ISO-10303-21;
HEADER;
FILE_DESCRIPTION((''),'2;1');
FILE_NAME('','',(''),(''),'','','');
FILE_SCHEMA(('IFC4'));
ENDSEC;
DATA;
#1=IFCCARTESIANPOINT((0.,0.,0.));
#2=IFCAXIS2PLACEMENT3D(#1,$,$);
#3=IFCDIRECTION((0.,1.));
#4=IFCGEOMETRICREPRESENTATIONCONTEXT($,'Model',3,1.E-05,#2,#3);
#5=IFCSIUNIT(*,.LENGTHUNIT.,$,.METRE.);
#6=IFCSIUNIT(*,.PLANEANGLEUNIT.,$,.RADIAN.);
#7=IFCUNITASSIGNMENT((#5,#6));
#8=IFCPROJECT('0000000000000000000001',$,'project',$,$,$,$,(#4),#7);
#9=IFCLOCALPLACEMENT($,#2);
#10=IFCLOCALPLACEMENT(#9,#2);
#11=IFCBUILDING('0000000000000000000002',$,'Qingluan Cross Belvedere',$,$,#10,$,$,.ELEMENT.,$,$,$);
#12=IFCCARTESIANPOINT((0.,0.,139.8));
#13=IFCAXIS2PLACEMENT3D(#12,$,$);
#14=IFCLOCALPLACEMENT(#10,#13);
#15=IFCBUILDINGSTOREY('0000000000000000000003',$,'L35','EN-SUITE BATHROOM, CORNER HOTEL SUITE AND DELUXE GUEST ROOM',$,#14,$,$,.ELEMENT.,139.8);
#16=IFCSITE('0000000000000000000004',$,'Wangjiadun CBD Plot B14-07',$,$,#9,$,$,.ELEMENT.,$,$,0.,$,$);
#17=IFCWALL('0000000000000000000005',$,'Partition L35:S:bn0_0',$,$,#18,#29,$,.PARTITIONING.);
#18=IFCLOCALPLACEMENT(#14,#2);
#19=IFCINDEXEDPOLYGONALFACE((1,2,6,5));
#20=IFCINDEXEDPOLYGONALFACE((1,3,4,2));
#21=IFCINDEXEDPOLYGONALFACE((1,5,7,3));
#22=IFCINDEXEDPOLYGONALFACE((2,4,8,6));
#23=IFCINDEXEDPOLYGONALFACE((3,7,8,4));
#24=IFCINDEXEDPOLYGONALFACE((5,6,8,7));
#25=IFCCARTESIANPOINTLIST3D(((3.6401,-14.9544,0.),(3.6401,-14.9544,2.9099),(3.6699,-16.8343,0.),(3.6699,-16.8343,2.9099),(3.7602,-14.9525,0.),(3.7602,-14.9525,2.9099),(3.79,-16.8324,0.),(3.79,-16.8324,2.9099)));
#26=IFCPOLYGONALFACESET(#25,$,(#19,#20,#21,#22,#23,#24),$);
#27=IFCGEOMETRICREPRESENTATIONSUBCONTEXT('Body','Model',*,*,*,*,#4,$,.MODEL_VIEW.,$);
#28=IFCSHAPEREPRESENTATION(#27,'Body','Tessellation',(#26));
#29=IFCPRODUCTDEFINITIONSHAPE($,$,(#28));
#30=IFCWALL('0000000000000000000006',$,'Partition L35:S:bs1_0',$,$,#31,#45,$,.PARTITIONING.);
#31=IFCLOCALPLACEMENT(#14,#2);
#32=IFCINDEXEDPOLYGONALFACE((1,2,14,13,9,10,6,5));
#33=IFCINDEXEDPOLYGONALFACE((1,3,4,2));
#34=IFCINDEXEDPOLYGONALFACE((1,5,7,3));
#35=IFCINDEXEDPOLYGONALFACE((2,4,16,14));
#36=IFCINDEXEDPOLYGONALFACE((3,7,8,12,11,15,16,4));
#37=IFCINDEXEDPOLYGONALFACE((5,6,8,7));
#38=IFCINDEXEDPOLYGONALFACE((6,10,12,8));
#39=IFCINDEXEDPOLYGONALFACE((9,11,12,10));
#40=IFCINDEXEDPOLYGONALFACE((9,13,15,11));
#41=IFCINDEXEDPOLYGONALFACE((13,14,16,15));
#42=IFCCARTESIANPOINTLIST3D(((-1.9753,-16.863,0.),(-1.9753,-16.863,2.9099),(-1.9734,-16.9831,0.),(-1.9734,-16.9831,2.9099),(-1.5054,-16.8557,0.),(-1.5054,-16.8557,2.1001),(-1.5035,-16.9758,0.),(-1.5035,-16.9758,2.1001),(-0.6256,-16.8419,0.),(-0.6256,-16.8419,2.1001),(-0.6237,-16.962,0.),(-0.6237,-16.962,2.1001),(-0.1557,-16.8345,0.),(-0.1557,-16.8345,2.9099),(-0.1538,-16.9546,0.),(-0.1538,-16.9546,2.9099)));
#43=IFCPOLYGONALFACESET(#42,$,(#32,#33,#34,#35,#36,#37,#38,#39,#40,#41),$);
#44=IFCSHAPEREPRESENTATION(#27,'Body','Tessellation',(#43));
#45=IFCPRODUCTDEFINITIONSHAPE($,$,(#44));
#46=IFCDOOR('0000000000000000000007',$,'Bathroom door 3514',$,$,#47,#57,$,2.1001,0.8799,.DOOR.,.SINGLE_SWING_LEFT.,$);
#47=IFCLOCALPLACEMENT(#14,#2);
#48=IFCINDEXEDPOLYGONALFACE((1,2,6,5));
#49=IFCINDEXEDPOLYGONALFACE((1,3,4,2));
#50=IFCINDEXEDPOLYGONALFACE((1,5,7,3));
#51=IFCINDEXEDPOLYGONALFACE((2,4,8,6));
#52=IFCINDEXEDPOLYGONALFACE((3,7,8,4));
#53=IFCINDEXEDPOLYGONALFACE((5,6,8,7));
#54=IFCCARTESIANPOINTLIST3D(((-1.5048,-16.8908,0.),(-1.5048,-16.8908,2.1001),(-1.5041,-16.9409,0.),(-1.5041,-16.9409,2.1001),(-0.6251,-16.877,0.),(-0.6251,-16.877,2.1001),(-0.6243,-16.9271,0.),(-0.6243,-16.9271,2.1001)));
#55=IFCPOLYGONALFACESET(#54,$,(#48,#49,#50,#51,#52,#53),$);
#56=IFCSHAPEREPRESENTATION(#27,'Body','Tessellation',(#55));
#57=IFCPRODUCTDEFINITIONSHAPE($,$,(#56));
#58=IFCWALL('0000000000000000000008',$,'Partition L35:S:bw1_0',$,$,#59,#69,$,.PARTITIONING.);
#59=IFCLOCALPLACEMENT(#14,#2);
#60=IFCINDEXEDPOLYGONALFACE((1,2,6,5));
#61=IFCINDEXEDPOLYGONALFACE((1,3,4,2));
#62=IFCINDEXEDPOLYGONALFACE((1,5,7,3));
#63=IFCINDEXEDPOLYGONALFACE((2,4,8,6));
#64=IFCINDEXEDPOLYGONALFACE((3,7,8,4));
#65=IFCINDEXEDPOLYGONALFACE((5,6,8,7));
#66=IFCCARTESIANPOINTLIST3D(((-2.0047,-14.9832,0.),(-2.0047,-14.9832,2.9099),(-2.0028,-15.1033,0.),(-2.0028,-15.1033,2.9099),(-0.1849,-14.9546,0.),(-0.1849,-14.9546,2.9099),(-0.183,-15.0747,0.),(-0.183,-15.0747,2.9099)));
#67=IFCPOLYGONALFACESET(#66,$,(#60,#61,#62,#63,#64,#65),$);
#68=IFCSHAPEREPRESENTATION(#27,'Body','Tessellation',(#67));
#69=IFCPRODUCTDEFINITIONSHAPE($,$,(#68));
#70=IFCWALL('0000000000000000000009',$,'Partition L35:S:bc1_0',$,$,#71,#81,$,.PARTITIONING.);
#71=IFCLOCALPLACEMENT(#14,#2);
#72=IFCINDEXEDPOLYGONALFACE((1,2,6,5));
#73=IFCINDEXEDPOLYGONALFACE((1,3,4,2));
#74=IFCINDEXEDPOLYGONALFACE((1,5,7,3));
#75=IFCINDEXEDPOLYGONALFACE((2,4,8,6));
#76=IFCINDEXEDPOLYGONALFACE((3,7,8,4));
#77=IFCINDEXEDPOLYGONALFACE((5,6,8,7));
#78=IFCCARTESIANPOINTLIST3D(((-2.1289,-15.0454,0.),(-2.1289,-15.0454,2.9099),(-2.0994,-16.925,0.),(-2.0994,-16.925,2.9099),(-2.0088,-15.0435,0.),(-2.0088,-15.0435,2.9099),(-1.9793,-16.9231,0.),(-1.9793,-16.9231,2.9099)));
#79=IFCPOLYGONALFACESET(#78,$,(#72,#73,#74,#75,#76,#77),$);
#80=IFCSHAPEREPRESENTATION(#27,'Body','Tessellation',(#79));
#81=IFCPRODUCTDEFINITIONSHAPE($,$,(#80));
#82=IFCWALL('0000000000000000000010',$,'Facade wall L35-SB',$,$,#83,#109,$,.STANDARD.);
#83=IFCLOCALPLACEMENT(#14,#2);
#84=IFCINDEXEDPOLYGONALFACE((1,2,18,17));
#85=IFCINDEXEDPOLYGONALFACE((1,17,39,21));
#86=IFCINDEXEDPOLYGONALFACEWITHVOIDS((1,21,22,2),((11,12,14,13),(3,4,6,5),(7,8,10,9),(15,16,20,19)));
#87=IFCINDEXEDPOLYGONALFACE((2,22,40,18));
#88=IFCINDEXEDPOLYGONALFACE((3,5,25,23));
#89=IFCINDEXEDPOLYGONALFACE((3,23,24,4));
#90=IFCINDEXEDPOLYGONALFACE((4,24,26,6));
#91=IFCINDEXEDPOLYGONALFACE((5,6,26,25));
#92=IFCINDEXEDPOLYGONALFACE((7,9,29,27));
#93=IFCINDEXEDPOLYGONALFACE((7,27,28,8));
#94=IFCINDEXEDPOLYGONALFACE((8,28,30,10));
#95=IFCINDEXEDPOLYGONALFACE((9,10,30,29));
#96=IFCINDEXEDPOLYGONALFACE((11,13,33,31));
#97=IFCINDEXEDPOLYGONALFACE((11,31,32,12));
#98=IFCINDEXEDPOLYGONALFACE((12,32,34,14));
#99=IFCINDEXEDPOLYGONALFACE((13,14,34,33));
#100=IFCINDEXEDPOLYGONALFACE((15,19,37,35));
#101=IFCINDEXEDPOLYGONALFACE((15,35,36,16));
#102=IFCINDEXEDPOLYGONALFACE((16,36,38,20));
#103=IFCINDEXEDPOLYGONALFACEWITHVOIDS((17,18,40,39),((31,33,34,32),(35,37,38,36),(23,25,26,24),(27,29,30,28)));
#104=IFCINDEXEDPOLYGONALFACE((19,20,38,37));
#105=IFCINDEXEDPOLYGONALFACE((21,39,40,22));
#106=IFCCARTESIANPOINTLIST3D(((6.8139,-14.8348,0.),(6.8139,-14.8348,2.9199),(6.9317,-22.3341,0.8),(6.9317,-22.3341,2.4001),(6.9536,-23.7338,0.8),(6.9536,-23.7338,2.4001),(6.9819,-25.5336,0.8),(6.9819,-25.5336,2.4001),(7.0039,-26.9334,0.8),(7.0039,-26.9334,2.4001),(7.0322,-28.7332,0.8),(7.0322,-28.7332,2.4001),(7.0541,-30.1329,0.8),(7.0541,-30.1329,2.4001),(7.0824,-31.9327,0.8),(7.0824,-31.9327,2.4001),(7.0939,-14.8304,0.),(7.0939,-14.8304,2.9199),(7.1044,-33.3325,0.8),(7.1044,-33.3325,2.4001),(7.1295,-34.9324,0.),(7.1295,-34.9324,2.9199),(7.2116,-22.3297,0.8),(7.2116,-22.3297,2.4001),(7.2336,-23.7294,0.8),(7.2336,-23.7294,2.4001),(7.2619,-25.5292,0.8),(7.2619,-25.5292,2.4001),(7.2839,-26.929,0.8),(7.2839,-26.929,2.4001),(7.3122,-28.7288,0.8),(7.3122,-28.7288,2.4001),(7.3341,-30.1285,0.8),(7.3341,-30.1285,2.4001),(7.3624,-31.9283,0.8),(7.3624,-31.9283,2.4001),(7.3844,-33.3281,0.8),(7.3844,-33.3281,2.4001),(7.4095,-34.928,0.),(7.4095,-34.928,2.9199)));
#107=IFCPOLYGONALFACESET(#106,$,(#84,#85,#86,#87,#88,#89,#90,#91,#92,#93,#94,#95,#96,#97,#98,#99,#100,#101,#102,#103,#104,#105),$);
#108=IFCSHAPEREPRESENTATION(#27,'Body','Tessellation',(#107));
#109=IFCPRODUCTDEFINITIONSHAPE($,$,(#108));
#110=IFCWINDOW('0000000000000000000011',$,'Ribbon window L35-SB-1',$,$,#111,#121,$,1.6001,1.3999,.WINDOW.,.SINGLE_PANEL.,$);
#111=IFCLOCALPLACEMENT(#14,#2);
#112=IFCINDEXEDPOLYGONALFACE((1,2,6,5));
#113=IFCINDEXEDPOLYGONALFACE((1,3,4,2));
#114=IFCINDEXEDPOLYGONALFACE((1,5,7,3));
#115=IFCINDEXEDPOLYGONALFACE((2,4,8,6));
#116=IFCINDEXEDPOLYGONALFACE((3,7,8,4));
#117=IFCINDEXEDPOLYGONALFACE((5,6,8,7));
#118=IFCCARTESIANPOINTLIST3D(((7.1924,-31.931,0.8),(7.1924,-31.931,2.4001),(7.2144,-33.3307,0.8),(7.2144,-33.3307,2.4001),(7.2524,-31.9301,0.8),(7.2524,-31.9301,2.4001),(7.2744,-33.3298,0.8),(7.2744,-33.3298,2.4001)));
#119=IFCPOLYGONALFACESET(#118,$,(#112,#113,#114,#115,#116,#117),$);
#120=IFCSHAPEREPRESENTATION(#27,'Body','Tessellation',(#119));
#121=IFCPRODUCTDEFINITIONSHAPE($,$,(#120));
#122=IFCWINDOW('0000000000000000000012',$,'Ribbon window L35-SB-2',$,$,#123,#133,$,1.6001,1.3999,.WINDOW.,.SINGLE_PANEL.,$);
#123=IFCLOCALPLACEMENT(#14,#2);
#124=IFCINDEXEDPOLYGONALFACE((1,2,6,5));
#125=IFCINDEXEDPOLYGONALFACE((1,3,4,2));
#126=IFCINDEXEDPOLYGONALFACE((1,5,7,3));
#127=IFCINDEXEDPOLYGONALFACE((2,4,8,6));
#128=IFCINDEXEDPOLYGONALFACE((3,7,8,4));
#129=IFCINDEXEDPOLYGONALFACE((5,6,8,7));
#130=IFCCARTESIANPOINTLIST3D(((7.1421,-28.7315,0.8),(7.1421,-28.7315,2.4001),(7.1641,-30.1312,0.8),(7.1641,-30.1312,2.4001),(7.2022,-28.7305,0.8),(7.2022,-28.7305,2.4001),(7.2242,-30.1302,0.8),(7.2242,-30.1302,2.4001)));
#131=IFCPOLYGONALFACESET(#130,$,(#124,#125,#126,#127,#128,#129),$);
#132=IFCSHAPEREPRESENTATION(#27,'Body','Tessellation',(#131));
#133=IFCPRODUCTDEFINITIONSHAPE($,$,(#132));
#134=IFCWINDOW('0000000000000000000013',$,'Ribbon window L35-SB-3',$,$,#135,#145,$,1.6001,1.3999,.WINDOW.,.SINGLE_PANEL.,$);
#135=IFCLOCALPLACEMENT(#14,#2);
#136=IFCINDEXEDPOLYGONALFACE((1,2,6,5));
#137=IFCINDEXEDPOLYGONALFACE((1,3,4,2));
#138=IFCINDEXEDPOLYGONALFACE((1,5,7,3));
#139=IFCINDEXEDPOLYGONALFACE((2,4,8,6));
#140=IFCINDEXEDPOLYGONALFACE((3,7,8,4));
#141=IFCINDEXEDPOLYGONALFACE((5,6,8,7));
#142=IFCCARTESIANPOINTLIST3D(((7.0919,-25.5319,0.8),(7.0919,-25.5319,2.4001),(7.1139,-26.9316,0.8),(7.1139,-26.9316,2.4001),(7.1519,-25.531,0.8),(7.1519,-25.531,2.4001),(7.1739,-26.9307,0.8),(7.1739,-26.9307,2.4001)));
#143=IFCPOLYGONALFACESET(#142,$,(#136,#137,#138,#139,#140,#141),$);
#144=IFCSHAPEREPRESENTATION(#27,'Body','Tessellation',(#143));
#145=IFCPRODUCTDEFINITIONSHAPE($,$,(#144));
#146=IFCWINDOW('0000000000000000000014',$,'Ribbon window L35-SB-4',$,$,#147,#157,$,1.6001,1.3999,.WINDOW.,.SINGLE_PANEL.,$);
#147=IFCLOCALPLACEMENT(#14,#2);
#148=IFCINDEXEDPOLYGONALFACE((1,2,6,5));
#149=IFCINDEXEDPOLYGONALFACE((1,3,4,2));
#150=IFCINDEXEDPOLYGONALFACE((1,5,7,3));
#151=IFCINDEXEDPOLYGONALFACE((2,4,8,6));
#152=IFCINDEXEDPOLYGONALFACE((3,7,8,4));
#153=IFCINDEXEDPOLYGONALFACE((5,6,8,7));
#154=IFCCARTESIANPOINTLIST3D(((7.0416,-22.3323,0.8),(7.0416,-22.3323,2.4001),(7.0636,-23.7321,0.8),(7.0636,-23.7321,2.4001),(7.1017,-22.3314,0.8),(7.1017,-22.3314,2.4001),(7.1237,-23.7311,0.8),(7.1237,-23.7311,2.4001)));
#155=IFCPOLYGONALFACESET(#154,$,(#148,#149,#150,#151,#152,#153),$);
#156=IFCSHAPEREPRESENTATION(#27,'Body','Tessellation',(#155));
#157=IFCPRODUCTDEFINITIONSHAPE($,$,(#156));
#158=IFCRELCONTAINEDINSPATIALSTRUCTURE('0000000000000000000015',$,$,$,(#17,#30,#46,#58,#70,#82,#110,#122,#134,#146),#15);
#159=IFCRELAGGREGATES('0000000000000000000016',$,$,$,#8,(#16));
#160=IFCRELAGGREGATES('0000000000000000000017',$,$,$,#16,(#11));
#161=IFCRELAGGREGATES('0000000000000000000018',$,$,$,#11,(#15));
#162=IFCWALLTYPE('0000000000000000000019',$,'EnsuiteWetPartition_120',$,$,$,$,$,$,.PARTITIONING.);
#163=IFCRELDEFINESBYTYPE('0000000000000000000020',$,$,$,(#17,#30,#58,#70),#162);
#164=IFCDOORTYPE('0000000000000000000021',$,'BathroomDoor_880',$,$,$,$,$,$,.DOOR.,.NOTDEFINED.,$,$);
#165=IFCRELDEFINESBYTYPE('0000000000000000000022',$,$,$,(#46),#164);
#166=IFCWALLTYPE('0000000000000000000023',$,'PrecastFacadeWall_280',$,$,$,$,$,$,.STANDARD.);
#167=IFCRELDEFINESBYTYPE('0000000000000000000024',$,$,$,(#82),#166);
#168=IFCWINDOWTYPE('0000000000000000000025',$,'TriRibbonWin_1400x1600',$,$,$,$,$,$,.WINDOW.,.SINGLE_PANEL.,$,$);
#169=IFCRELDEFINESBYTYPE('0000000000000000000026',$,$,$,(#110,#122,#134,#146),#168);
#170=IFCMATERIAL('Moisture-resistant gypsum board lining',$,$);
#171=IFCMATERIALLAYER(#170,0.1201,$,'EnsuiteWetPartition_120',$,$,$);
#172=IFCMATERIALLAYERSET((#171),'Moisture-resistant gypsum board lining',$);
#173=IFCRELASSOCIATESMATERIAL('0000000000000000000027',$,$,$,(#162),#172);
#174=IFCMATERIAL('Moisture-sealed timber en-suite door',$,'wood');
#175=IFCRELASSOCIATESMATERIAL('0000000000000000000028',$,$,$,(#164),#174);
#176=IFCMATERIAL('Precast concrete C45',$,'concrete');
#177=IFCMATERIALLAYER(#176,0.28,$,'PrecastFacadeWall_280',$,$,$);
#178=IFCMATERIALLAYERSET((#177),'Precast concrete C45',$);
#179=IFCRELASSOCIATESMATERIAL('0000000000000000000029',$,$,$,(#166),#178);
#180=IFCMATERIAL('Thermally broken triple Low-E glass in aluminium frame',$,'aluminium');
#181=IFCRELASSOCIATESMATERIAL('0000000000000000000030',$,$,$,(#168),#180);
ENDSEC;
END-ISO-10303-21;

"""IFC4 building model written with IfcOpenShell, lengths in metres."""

from ifc_helpers import new_model, si_unit, direction, frame, frame_2d, origin, place, context, subcontext, project, spatial, rectangle, extrude, material, layer, layer_set, type_object, element, fill, save


model = new_model("IFC4")

# Units and contexts
model_context = context("Model", 3, precision=1e-05, world=origin(), true_north=direction((0.0, 1.0)))
body_context = subcontext(model_context, "Body", "Model", "MODEL_VIEW")
ifc_project = project(units=[si_unit("LENGTHUNIT", "METRE"), si_unit("PLANEANGLEUNIT", "RADIAN")], contexts=[model_context])

# Site, building, storey
site_placement = place(None, origin())
site = spatial("IfcSite", under=ifc_project, at=site_placement, Name="Wangjiadun CBD Plot B14-07", CompositionType="ELEMENT", RefElevation=0.0)
building_placement = place(site_placement, origin())
building = spatial("IfcBuilding", under=site, at=building_placement, Name="Qingluan Cross Belvedere", CompositionType="ELEMENT")
storey_placement = place(building_placement, frame((0.0, 0.0, 139.8)))
storey = spatial("IfcBuildingStorey", under=building, at=storey_placement, Name="L35", Description="EN-SUITE BATHROOM, CORNER HOTEL SUITE AND DELUXE GUEST ROOM", CompositionType="ELEMENT", Elevation=139.8)

# Shared definitions
ifc_material_1 = material(Name="Moisture-resistant gypsum board lining")
ifc_layer_1 = layer(ifc_material_1, 0.1201, Name="EnsuiteWetPartition_120")
ifc_layer_set_1 = layer_set([ifc_layer_1], Name="Moisture-resistant gypsum board lining")
wall_type_1 = type_object("IfcWallType", Name="EnsuiteWetPartition_120", PredefinedType="PARTITIONING", material=ifc_layer_set_1)
ifc_material_2 = material(Name="Moisture-sealed timber en-suite door", Category="wood")
door_type_1 = type_object("IfcDoorType", Name="BathroomDoor_880", OperationType="NOTDEFINED", PredefinedType="DOOR", material=ifc_material_2)

# Wall
wall_1_placement = place(storey_placement, frame((3.7002, -14.9536, 0.0), z_axis=(0.0, 0.0, 1.0), x_axis=(0.015842, -0.999875, 0.0)))
element("IfcWall", 1, at=wall_1_placement, inside=storey, type_object=wall_type_1, Name="Partition L35:S:bn0_0", PredefinedType="PARTITIONING", context=body_context, shape_type="SweptSolid", body=[
    extrude(rectangle(XDim=1.8801, YDim=0.1201, at=frame_2d((0.9399, 0.0))), origin(), (0.0, 0.0, 1.0), 2.9099),
])

# Wall, opening, door
wall_2_placement = place(storey_placement, frame((-1.9744, -16.9231, 0.0), z_axis=(0.0, 0.0, 1.0), x_axis=(0.999877, 0.015696, 0.0)))
wall_2 = element("IfcWall", 2, at=wall_2_placement, inside=storey, type_object=wall_type_1, Name="Partition L35:S:bs1_0", PredefinedType="PARTITIONING", context=body_context, shape_type="SweptSolid", body=[
    extrude(rectangle(XDim=1.8198, YDim=0.1201, at=frame_2d((0.9099, 0.0))), origin(), (0.0, 0.0, 1.0), 2.9099),
])
opening_1_placement = place(wall_2_placement, frame((0.47, 0.0, 0.0)))
opening_1 = element("IfcOpeningElement", 3, at=opening_1_placement, cuts=wall_2, PredefinedType="OPENING", context=body_context, shape_type="SweptSolid", body=[
    extrude(rectangle(XDim=0.8799, YDim=2.1001, at=frame_2d((0.4399, 1.05))), frame((0.0, 0.0701, 0.0), z_axis=(0.0, -1.0, 0.0), x_axis=(1.0, 0.0, 0.0)), (0.0, 0.0, 1.0), 0.1401),
])
door_1_placement = place(opening_1_placement, origin())
door_1 = element("IfcDoor", 4, at=door_1_placement, inside=storey, type_object=door_type_1, Name="Bathroom door 3514", OperationType="SINGLE_SWING_LEFT", OverallHeight=2.1001, OverallWidth=0.8799, PredefinedType="DOOR", context=body_context, shape_type="SweptSolid", body=[
    extrude(rectangle(XDim=0.8799, YDim=2.1001, at=frame_2d((0.4399, 1.05))), frame((0.0, 0.0249, 0.0), z_axis=(0.0, -1.0, 0.0), x_axis=(1.0, 0.0, 0.0)), (0.0, 0.0, 1.0), 0.05),
])
fill(opening_1, door_1)

# Walls
wall_3_placement = place(storey_placement, frame((-2.0039, -15.0432, 0.0), z_axis=(0.0, 0.0, 1.0), x_axis=(0.999877, 0.015694, 0.0)))
element("IfcWall", 5, at=wall_3_placement, inside=storey, type_object=wall_type_1, Name="Partition L35:S:bw1_0", PredefinedType="PARTITIONING", context=body_context, shape_type="SweptSolid", body=[
    extrude(rectangle(XDim=1.8201, YDim=0.1201, at=frame_2d((0.9102, 0.0))), origin(), (0.0, 0.0, 1.0), 2.9099),
])
wall_4_placement = place(storey_placement, frame((-2.0688, -15.0444, 0.0), z_axis=(0.0, 0.0, 1.0), x_axis=(0.015714, -0.999877, 0.0)))
element("IfcWall", 6, at=wall_4_placement, inside=storey, type_object=wall_type_1, Name="Partition L35:S:bc1_0", PredefinedType="PARTITIONING", context=body_context, shape_type="SweptSolid", body=[
    extrude(rectangle(XDim=1.8799, YDim=0.1201, at=frame_2d((0.9399, 0.0))), origin(), (0.0, 0.0, 1.0), 2.9099),
])

# Wall, openings, windows
ifc_material_3 = material(Name="Precast concrete C45", Category="concrete")
ifc_layer_2 = layer(ifc_material_3, 0.28, Name="PrecastFacadeWall_280")
ifc_layer_set_2 = layer_set([ifc_layer_2], Name="Precast concrete C45")
wall_type_2 = type_object("IfcWallType", Name="PrecastFacadeWall_280", PredefinedType="STANDARD", material=ifc_layer_set_2)
wall_5_placement = place(storey_placement, frame((7.2695, -34.9302, 0.0), z_axis=(0.0, 0.0, 1.0), x_axis=(-0.015705, 0.999877, 0.0)))
wall_5 = element("IfcWall", 7, at=wall_5_placement, inside=storey, type_object=wall_type_2, Name="Facade wall L35-SB", PredefinedType="STANDARD", context=body_context, shape_type="SweptSolid", body=[
    extrude(rectangle(XDim=20.1001, YDim=0.28, at=frame_2d((10.05, 0.0))), origin(), (0.0, 0.0, 1.0), 2.9199),
])
opening_2_placement = place(wall_5_placement, frame((1.6001, 0.0, 0.8)))
opening_2 = element("IfcOpeningElement", 8, at=opening_2_placement, cuts=wall_5, PredefinedType="OPENING", context=body_context, shape_type="SweptSolid", body=[
    extrude(rectangle(XDim=1.3999, YDim=1.6001, at=frame_2d((0.7, 0.8))), frame((0.0, 0.1499, 0.0), z_axis=(0.0, -1.0, 0.0), x_axis=(1.0, 0.0, 0.0)), (0.0, 0.0, 1.0), 0.3),
])
opening_3_placement = place(wall_5_placement, frame((4.8, 0.0, 0.8)))
opening_3 = element("IfcOpeningElement", 9, at=opening_3_placement, cuts=wall_5, PredefinedType="OPENING", context=body_context, shape_type="SweptSolid", body=[
    extrude(rectangle(XDim=1.3999, YDim=1.6001, at=frame_2d((0.7, 0.8))), frame((0.0, 0.1499, 0.0), z_axis=(0.0, -1.0, 0.0), x_axis=(1.0, 0.0, 0.0)), (0.0, 0.0, 1.0), 0.3),
])
opening_4_placement = place(wall_5_placement, frame((8.0, 0.0, 0.8)))
opening_4 = element("IfcOpeningElement", 10, at=opening_4_placement, cuts=wall_5, PredefinedType="OPENING", context=body_context, shape_type="SweptSolid", body=[
    extrude(rectangle(XDim=1.3999, YDim=1.6001, at=frame_2d((0.7, 0.8))), frame((0.0, 0.1499, 0.0), z_axis=(0.0, -1.0, 0.0), x_axis=(1.0, 0.0, 0.0)), (0.0, 0.0, 1.0), 0.3),
])
opening_5_placement = place(wall_5_placement, frame((11.2, 0.0, 0.8)))
opening_5 = element("IfcOpeningElement", 11, at=opening_5_placement, cuts=wall_5, PredefinedType="OPENING", context=body_context, shape_type="SweptSolid", body=[
    extrude(rectangle(XDim=1.3999, YDim=1.6001, at=frame_2d((0.7, 0.8))), frame((0.0, 0.1499, 0.0), z_axis=(0.0, -1.0, 0.0), x_axis=(1.0, 0.0, 0.0)), (0.0, 0.0, 1.0), 0.3),
])
ifc_material_4 = material(Name="Thermally broken triple Low-E glass in aluminium frame", Category="aluminium")
window_type = type_object("IfcWindowType", Name="TriRibbonWin_1400x1600", PartitioningType="SINGLE_PANEL", PredefinedType="WINDOW", material=ifc_material_4)
window_1_placement = place(opening_2_placement, origin())
window_1 = element("IfcWindow", 12, at=window_1_placement, inside=storey, type_object=window_type, Name="Ribbon window L35-SB-1", OverallHeight=1.6001, OverallWidth=1.3999, PartitioningType="SINGLE_PANEL", PredefinedType="WINDOW", context=body_context, shape_type="SweptSolid", body=[
    extrude(rectangle(XDim=1.3999, YDim=1.6001, at=frame_2d((0.7, 0.8))), frame((0.0, 0.03, 0.0), z_axis=(0.0, -1.0, 0.0), x_axis=(1.0, 0.0, 0.0)), (0.0, 0.0, 1.0), 0.0601),
])
fill(opening_2, window_1)
window_2_placement = place(opening_3_placement, origin())
window_2 = element("IfcWindow", 13, at=window_2_placement, inside=storey, type_object=window_type, Name="Ribbon window L35-SB-2", OverallHeight=1.6001, OverallWidth=1.3999, PartitioningType="SINGLE_PANEL", PredefinedType="WINDOW", context=body_context, shape_type="SweptSolid", body=[
    extrude(rectangle(XDim=1.3999, YDim=1.6001, at=frame_2d((0.7, 0.8))), frame((0.0, 0.03, 0.0), z_axis=(0.0, -1.0, 0.0), x_axis=(1.0, 0.0, 0.0)), (0.0, 0.0, 1.0), 0.0601),
])
fill(opening_3, window_2)
window_3_placement = place(opening_4_placement, origin())
window_3 = element("IfcWindow", 14, at=window_3_placement, inside=storey, type_object=window_type, Name="Ribbon window L35-SB-3", OverallHeight=1.6001, OverallWidth=1.3999, PartitioningType="SINGLE_PANEL", PredefinedType="WINDOW", context=body_context, shape_type="SweptSolid", body=[
    extrude(rectangle(XDim=1.3999, YDim=1.6001, at=frame_2d((0.7, 0.8))), frame((0.0, 0.03, 0.0), z_axis=(0.0, -1.0, 0.0), x_axis=(1.0, 0.0, 0.0)), (0.0, 0.0, 1.0), 0.0601),
])
fill(opening_4, window_3)
window_4_placement = place(opening_5_placement, origin())
window_4 = element("IfcWindow", 15, at=window_4_placement, inside=storey, type_object=window_type, Name="Ribbon window L35-SB-4", OverallHeight=1.6001, OverallWidth=1.3999, PartitioningType="SINGLE_PANEL", PredefinedType="WINDOW", context=body_context, shape_type="SweptSolid", body=[
    extrude(rectangle(XDim=1.3999, YDim=1.6001, at=frame_2d((0.7, 0.8))), frame((0.0, 0.03, 0.0), z_axis=(0.0, -1.0, 0.0), x_axis=(1.0, 0.0, 0.0)), (0.0, 0.0, 1.0), 0.0601),
])
fill(opening_5, window_4)

save(model, "model.ifc")
